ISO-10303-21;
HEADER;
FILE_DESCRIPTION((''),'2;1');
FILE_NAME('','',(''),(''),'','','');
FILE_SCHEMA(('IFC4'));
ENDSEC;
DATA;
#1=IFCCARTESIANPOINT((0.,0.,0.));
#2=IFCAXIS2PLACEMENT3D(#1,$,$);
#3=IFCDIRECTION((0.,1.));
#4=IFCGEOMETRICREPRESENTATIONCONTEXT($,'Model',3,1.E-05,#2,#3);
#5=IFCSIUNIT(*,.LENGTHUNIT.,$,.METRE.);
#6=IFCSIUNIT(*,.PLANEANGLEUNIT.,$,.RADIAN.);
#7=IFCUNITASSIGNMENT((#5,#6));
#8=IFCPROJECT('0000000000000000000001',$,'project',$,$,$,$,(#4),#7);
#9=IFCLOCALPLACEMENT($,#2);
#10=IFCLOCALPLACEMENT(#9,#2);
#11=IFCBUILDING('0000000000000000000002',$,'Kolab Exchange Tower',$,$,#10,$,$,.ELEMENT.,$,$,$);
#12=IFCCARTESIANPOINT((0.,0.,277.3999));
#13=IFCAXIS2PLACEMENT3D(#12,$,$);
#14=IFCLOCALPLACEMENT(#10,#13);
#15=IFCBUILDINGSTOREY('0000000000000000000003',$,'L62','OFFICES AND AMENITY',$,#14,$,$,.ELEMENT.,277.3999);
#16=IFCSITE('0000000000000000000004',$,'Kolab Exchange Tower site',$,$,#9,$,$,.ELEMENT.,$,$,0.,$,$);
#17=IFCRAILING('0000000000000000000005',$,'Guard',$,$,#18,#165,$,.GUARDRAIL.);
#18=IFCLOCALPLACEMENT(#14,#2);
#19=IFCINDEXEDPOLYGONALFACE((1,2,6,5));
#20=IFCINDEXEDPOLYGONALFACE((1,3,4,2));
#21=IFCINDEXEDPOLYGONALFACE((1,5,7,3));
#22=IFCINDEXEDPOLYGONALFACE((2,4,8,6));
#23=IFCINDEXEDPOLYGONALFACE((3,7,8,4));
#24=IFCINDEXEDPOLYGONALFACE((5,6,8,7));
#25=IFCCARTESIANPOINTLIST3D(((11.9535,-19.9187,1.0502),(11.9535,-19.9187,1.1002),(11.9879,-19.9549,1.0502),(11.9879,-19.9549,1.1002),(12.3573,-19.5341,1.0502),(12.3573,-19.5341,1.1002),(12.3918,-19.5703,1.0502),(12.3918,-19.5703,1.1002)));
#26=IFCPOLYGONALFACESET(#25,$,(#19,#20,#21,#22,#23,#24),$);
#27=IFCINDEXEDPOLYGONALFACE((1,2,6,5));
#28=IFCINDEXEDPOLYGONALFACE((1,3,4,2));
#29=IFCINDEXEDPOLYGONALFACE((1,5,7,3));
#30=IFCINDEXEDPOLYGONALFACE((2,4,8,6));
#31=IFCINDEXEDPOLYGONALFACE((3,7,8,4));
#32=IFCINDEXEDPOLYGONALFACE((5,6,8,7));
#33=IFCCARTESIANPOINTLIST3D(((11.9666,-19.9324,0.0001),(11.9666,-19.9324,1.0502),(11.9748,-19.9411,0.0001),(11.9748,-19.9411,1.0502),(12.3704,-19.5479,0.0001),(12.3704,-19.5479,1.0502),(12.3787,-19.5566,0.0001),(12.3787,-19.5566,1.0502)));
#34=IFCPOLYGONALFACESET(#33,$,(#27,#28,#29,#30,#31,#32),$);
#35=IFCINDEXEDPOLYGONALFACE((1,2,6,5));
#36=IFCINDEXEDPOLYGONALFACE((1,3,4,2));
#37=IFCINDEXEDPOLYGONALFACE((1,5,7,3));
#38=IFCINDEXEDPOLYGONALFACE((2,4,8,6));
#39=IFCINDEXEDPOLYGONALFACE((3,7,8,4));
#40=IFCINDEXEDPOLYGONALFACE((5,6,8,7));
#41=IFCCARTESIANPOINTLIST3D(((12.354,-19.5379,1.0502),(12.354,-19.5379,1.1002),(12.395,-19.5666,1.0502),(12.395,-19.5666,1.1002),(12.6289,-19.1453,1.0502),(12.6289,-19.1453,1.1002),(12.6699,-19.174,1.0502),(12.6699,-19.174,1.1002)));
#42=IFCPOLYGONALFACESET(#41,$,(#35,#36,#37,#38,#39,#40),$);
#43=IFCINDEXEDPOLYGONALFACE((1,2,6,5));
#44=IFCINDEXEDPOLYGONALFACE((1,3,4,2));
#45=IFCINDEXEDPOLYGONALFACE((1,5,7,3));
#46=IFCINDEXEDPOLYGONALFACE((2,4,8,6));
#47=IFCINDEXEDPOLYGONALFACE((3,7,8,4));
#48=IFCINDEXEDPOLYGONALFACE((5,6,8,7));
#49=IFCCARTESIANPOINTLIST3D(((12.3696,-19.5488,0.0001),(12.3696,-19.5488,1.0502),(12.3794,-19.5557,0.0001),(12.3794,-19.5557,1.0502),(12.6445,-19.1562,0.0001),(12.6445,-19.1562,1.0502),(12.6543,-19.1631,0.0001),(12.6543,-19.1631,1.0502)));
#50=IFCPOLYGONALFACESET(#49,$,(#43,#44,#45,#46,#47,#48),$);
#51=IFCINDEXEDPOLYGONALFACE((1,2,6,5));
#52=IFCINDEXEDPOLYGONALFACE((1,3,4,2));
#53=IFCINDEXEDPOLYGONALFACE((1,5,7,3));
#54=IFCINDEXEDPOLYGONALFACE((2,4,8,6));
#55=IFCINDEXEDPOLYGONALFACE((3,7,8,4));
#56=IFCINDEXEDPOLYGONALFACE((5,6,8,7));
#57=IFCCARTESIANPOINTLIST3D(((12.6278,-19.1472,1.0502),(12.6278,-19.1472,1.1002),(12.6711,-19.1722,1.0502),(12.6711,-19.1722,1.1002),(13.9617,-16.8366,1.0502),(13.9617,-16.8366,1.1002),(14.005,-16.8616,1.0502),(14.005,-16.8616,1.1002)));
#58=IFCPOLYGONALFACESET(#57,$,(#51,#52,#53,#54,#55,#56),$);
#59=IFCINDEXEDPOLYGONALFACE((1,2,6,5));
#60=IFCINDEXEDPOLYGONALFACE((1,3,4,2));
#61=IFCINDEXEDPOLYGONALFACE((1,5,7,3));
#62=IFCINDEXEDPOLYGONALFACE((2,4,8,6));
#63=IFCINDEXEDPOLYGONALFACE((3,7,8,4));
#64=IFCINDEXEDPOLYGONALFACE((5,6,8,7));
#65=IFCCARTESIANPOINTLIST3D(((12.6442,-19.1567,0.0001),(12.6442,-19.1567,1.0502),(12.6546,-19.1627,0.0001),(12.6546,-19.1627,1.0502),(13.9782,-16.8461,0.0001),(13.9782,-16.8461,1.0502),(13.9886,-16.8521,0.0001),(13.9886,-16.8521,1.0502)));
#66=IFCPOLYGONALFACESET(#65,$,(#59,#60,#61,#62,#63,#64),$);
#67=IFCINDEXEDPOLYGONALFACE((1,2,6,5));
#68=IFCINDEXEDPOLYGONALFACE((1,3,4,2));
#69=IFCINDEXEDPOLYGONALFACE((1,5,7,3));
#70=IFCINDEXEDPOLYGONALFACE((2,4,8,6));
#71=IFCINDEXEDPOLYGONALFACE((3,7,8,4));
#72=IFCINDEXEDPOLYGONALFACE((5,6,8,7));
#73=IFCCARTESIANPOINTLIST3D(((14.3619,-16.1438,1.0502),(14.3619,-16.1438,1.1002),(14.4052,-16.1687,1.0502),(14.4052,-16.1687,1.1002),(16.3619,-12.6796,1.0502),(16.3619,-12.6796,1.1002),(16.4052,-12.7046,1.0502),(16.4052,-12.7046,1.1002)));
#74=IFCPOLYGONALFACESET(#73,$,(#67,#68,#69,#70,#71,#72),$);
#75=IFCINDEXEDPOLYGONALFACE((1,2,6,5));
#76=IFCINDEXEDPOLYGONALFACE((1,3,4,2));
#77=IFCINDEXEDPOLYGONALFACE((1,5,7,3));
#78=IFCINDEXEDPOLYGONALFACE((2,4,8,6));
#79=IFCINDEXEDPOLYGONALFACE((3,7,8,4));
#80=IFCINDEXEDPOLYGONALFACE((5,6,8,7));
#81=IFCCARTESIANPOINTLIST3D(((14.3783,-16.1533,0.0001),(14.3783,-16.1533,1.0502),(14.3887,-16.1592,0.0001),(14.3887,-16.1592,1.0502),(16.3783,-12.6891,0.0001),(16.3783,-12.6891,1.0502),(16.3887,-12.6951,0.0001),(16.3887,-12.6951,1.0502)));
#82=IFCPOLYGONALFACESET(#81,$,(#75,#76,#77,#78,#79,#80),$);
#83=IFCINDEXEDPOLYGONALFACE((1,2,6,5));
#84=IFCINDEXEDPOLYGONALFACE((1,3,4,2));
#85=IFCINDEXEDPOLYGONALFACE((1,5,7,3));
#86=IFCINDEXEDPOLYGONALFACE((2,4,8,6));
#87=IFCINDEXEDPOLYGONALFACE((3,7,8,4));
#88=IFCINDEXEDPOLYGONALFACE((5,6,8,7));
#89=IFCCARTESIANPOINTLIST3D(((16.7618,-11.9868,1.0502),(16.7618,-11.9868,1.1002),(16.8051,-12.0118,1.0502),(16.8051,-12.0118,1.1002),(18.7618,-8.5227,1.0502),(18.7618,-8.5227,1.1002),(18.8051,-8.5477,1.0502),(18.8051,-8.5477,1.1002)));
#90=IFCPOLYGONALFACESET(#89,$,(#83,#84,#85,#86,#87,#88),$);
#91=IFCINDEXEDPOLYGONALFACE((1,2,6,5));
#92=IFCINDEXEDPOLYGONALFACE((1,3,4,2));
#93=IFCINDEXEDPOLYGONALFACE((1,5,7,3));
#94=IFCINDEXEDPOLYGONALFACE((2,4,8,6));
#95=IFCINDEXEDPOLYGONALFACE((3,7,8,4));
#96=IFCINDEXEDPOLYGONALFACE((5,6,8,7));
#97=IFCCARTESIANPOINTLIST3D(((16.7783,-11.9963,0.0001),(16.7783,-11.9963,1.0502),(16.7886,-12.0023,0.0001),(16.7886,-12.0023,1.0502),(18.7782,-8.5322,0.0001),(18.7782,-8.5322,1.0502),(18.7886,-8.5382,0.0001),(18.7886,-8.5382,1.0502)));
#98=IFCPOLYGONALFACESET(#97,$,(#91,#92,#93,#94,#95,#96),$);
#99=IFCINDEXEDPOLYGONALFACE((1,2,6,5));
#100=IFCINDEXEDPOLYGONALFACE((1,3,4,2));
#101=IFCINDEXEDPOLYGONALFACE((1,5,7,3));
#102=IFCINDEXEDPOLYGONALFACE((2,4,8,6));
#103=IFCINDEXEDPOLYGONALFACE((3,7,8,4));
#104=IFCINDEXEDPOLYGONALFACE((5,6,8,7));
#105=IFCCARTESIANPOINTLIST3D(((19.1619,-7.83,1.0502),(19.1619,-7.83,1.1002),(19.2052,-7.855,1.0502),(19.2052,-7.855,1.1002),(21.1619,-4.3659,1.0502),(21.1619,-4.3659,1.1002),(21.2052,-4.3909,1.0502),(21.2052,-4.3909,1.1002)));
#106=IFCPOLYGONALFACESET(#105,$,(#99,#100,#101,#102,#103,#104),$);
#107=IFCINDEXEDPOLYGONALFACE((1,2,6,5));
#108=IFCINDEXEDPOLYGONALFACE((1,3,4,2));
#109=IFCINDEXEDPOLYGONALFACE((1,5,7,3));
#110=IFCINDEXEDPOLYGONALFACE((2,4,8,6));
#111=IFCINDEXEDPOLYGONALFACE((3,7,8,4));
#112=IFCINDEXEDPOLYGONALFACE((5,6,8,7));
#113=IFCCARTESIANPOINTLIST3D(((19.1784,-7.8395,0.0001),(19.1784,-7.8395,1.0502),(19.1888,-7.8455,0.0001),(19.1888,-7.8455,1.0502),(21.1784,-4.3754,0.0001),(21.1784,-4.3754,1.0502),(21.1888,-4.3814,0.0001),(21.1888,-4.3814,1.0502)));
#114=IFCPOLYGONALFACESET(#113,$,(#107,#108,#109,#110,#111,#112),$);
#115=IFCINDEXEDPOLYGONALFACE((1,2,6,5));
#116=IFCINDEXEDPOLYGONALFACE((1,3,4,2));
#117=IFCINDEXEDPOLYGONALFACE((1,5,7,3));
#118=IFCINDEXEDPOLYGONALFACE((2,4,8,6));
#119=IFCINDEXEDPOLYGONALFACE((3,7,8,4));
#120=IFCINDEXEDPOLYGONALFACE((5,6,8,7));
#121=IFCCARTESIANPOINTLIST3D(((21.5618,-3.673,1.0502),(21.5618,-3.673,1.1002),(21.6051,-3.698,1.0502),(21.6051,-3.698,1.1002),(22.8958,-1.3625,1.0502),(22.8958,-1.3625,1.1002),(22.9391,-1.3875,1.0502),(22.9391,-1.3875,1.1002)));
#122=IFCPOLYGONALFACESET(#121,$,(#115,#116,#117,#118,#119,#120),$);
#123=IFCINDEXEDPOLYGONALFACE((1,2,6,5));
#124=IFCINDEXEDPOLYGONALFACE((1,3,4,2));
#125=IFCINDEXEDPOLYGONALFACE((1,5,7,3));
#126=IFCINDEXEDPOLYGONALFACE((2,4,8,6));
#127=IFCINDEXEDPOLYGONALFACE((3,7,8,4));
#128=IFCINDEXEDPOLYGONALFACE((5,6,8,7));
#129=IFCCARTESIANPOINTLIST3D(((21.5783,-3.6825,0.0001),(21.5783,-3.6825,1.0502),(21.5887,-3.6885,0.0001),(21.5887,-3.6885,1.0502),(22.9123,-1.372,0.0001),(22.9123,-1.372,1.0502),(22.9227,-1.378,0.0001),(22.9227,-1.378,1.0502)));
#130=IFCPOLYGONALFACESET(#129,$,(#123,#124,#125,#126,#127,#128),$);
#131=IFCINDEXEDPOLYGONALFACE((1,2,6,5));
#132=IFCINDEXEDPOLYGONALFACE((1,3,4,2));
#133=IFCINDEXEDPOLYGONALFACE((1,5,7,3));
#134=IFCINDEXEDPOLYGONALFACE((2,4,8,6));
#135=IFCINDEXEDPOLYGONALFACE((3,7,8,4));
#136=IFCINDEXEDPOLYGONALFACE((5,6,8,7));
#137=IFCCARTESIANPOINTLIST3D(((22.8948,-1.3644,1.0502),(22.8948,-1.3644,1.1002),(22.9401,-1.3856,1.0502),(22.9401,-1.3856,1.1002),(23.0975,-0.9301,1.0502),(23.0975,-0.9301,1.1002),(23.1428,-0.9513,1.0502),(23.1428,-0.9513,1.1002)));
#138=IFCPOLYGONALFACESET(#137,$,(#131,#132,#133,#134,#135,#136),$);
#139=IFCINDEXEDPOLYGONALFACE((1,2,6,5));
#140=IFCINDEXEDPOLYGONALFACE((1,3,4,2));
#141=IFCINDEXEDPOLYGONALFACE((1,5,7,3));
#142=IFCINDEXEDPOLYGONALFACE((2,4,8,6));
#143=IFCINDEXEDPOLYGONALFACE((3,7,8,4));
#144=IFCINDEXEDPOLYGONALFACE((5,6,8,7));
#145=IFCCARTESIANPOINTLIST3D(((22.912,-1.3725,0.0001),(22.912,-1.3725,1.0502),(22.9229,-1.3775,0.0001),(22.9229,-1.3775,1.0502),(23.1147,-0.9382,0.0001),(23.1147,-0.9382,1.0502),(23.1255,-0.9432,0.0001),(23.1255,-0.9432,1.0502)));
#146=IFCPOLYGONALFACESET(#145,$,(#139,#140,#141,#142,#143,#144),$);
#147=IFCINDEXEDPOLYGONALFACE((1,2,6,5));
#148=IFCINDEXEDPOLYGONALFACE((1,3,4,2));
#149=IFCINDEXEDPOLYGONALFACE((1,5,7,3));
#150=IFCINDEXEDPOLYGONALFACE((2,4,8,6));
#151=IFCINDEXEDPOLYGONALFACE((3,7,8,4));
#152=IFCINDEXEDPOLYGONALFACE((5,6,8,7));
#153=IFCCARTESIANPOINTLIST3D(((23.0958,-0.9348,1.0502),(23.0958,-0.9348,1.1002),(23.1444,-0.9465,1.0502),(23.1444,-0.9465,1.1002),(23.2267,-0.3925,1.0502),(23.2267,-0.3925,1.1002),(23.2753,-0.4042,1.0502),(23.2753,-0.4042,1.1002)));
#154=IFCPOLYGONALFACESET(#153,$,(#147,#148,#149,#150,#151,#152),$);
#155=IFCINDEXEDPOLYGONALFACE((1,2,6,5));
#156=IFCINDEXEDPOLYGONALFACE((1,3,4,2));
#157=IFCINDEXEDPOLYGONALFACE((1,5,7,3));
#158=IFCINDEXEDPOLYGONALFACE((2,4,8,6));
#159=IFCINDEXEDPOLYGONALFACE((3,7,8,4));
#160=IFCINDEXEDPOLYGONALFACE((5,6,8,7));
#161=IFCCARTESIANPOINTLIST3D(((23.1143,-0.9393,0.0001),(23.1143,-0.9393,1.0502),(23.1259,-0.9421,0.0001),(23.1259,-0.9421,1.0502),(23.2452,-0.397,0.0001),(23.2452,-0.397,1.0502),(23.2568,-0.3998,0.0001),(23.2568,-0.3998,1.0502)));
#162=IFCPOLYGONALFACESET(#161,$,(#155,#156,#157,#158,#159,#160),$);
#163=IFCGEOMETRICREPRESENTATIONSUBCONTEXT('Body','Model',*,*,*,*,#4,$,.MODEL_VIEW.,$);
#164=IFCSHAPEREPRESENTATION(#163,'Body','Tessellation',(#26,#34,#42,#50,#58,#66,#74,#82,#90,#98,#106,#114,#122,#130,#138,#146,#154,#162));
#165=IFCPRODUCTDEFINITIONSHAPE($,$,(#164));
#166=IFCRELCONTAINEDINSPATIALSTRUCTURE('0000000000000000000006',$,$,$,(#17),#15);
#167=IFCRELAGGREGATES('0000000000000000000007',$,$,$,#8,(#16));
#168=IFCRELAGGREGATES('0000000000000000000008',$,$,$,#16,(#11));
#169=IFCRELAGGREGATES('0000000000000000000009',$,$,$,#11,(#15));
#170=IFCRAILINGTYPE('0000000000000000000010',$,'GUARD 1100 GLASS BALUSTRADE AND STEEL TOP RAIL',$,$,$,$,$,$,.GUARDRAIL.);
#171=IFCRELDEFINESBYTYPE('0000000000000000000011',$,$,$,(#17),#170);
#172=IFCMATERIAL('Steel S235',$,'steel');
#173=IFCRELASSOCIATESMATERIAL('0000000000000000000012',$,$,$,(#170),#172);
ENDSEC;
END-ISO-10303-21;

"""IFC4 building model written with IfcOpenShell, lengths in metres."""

from ifc_helpers import new_model, si_unit, direction, frame, frame_2d, origin, origin_2d, place, context, subcontext, project, spatial, rectangle, extrude, material, type_object, element, save


model = new_model("IFC4")

# Units and contexts
model_context = context("Model", 3, precision=1e-05, world=origin(), true_north=direction((0.0, 1.0)))
body_context = subcontext(model_context, "Body", "Model", "MODEL_VIEW")
ifc_project = project(units=[si_unit("LENGTHUNIT", "METRE"), si_unit("PLANEANGLEUNIT", "RADIAN")], contexts=[model_context])

# Site, building, storey
site_placement = place(None, origin())
site = spatial("IfcSite", under=ifc_project, at=site_placement, Name="Kolab Exchange Tower site", CompositionType="ELEMENT", RefElevation=0.0)
building_placement = place(site_placement, origin())
building = spatial("IfcBuilding", under=site, at=building_placement, Name="Kolab Exchange Tower", CompositionType="ELEMENT")
storey_placement = place(building_placement, frame((0.0, 0.0, 277.3999)))
storey = spatial("IfcBuildingStorey", under=building, at=storey_placement, Name="L62", Description="OFFICES AND AMENITY", CompositionType="ELEMENT", Elevation=277.3999)

# Railing
ifc_material_1 = material(Name="Steel S235", Category="steel")
railing_type = type_object("IfcRailingType", Name="GUARD 1100 GLASS BALUSTRADE AND STEEL TOP RAIL", PredefinedType="GUARDRAIL", material=ifc_material_1)
railing_placement = place(storey_placement, frame((11.9707, -19.9368, 0.0)))
element("IfcRailing", 1, at=railing_placement, inside=storey, type_object=railing_type, Name="Guard", PredefinedType="GUARDRAIL", context=body_context, shape_type="SweptSolid", body=[
    extrude(rectangle(XDim=0.05, YDim=0.05, at=origin_2d()), frame((0.0, 0.0, 1.0752), z_axis=(0.72419, 0.689601, 0.0), x_axis=(-0.689601, 0.72419, 0.0)), (0.0, 0.0, 1.0), 0.5576),
    extrude(rectangle(XDim=0.012, YDim=1.0501, at=frame_2d((0.0, 0.5251))), frame((0.0, 0.0, 0.0), z_axis=(0.72419, 0.689601, 0.0), x_axis=(-0.689601, 0.72419, 0.0)), (0.0, 0.0, 1.0), 0.5576),
    extrude(rectangle(XDim=0.05, YDim=0.05, at=origin_2d()), frame((0.4038, 0.3845, 1.0752), z_axis=(0.573599, 0.819136, 0.0), x_axis=(-0.819136, 0.573599, 0.0)), (0.0, 0.0, 1.0), 0.4792),
    extrude(rectangle(XDim=0.012, YDim=1.0501, at=frame_2d((0.0, 0.5251))), frame((0.4038, 0.3845, 0.0), z_axis=(0.573599, 0.819136, 0.0), x_axis=(-0.819136, 0.573599, 0.0)), (0.0, 0.0, 1.0), 0.4792),
    extrude(rectangle(XDim=0.05, YDim=0.05, at=origin_2d()), frame((0.6787, 0.7771, 1.0752), z_axis=(0.499997, 0.866027, 0.0), x_axis=(-0.866027, 0.499997, 0.0)), (0.0, 0.0, 1.0), 2.668),
    extrude(rectangle(XDim=0.012, YDim=1.0501, at=frame_2d((0.0, 0.5251))), frame((0.6787, 0.7771, 0.0), z_axis=(0.499997, 0.866027, 0.0), x_axis=(-0.866027, 0.499997, 0.0)), (0.0, 0.0, 1.0), 2.668),
    extrude(rectangle(XDim=0.05, YDim=0.05, at=origin_2d()), frame((2.4128, 3.7805, 1.0752), z_axis=(0.499999, 0.866026, 0.0), x_axis=(-0.866026, 0.499999, 0.0)), (0.0, 0.0, 1.0), 4.0),
    extrude(rectangle(XDim=0.012, YDim=1.0501, at=frame_2d((0.0, 0.5251))), frame((2.4128, 3.7805, 0.0), z_axis=(0.499999, 0.866026, 0.0), x_axis=(-0.866026, 0.499999, 0.0)), (0.0, 0.0, 1.0), 4.0),
    extrude(rectangle(XDim=0.05, YDim=0.05, at=origin_2d()), frame((4.8127, 7.9375, 1.0752), z_axis=(0.499999, 0.866026, 0.0), x_axis=(-0.866026, 0.499999, 0.0)), (0.0, 0.0, 1.0), 4.0),
    extrude(rectangle(XDim=0.012, YDim=1.0501, at=frame_2d((0.0, 0.5251))), frame((4.8127, 7.9375, 0.0), z_axis=(0.499999, 0.866026, 0.0), x_axis=(-0.866026, 0.499999, 0.0)), (0.0, 0.0, 1.0), 4.0),
    extrude(rectangle(XDim=0.05, YDim=0.05, at=origin_2d()), frame((7.2129, 12.0942, 1.0752), z_axis=(0.499999, 0.866026, 0.0), x_axis=(-0.866026, 0.499999, 0.0)), (0.0, 0.0, 1.0), 4.0),
    extrude(rectangle(XDim=0.012, YDim=1.0501, at=frame_2d((0.0, 0.5251))), frame((7.2129, 12.0942, 0.0), z_axis=(0.499999, 0.866026, 0.0), x_axis=(-0.866026, 0.499999, 0.0)), (0.0, 0.0, 1.0), 4.0),
    extrude(rectangle(XDim=0.05, YDim=0.05, at=origin_2d()), frame((9.6128, 16.2512, 1.0752), z_axis=(0.499997, 0.866027, 0.0), x_axis=(-0.866027, 0.499997, 0.0)), (0.0, 0.0, 1.0), 2.668),
    extrude(rectangle(XDim=0.012, YDim=1.0501, at=frame_2d((0.0, 0.5251))), frame((9.6128, 16.2512, 0.0), z_axis=(0.499997, 0.866027, 0.0), x_axis=(-0.866027, 0.499997, 0.0)), (0.0, 0.0, 1.0), 2.668),
    extrude(rectangle(XDim=0.05, YDim=0.05, at=origin_2d()), frame((10.9468, 18.5618, 1.0752), z_axis=(0.422802, 0.906222, 0.0), x_axis=(-0.906222, 0.422802, 0.0)), (0.0, 0.0, 1.0), 0.4792),
    extrude(rectangle(XDim=0.012, YDim=1.0501, at=frame_2d((0.0, 0.5251))), frame((10.9468, 18.5618, 0.0), z_axis=(0.422802, 0.906222, 0.0), x_axis=(-0.906222, 0.422802, 0.0)), (0.0, 0.0, 1.0), 0.4792),
    extrude(rectangle(XDim=0.05, YDim=0.05, at=origin_2d()), frame((11.1494, 18.9961, 1.0752), z_axis=(0.234598, 0.972093, 0.0), x_axis=(-0.972093, 0.234598, 0.0)), (0.0, 0.0, 1.0), 0.5579),
    extrude(rectangle(XDim=0.012, YDim=1.0501, at=frame_2d((0.0, 0.5251))), frame((11.1494, 18.9961, 0.0), z_axis=(0.234598, 0.972093, 0.0), x_axis=(-0.972093, 0.234598, 0.0)), (0.0, 0.0, 1.0), 0.5579),
])

save(model, "model.ifc")
